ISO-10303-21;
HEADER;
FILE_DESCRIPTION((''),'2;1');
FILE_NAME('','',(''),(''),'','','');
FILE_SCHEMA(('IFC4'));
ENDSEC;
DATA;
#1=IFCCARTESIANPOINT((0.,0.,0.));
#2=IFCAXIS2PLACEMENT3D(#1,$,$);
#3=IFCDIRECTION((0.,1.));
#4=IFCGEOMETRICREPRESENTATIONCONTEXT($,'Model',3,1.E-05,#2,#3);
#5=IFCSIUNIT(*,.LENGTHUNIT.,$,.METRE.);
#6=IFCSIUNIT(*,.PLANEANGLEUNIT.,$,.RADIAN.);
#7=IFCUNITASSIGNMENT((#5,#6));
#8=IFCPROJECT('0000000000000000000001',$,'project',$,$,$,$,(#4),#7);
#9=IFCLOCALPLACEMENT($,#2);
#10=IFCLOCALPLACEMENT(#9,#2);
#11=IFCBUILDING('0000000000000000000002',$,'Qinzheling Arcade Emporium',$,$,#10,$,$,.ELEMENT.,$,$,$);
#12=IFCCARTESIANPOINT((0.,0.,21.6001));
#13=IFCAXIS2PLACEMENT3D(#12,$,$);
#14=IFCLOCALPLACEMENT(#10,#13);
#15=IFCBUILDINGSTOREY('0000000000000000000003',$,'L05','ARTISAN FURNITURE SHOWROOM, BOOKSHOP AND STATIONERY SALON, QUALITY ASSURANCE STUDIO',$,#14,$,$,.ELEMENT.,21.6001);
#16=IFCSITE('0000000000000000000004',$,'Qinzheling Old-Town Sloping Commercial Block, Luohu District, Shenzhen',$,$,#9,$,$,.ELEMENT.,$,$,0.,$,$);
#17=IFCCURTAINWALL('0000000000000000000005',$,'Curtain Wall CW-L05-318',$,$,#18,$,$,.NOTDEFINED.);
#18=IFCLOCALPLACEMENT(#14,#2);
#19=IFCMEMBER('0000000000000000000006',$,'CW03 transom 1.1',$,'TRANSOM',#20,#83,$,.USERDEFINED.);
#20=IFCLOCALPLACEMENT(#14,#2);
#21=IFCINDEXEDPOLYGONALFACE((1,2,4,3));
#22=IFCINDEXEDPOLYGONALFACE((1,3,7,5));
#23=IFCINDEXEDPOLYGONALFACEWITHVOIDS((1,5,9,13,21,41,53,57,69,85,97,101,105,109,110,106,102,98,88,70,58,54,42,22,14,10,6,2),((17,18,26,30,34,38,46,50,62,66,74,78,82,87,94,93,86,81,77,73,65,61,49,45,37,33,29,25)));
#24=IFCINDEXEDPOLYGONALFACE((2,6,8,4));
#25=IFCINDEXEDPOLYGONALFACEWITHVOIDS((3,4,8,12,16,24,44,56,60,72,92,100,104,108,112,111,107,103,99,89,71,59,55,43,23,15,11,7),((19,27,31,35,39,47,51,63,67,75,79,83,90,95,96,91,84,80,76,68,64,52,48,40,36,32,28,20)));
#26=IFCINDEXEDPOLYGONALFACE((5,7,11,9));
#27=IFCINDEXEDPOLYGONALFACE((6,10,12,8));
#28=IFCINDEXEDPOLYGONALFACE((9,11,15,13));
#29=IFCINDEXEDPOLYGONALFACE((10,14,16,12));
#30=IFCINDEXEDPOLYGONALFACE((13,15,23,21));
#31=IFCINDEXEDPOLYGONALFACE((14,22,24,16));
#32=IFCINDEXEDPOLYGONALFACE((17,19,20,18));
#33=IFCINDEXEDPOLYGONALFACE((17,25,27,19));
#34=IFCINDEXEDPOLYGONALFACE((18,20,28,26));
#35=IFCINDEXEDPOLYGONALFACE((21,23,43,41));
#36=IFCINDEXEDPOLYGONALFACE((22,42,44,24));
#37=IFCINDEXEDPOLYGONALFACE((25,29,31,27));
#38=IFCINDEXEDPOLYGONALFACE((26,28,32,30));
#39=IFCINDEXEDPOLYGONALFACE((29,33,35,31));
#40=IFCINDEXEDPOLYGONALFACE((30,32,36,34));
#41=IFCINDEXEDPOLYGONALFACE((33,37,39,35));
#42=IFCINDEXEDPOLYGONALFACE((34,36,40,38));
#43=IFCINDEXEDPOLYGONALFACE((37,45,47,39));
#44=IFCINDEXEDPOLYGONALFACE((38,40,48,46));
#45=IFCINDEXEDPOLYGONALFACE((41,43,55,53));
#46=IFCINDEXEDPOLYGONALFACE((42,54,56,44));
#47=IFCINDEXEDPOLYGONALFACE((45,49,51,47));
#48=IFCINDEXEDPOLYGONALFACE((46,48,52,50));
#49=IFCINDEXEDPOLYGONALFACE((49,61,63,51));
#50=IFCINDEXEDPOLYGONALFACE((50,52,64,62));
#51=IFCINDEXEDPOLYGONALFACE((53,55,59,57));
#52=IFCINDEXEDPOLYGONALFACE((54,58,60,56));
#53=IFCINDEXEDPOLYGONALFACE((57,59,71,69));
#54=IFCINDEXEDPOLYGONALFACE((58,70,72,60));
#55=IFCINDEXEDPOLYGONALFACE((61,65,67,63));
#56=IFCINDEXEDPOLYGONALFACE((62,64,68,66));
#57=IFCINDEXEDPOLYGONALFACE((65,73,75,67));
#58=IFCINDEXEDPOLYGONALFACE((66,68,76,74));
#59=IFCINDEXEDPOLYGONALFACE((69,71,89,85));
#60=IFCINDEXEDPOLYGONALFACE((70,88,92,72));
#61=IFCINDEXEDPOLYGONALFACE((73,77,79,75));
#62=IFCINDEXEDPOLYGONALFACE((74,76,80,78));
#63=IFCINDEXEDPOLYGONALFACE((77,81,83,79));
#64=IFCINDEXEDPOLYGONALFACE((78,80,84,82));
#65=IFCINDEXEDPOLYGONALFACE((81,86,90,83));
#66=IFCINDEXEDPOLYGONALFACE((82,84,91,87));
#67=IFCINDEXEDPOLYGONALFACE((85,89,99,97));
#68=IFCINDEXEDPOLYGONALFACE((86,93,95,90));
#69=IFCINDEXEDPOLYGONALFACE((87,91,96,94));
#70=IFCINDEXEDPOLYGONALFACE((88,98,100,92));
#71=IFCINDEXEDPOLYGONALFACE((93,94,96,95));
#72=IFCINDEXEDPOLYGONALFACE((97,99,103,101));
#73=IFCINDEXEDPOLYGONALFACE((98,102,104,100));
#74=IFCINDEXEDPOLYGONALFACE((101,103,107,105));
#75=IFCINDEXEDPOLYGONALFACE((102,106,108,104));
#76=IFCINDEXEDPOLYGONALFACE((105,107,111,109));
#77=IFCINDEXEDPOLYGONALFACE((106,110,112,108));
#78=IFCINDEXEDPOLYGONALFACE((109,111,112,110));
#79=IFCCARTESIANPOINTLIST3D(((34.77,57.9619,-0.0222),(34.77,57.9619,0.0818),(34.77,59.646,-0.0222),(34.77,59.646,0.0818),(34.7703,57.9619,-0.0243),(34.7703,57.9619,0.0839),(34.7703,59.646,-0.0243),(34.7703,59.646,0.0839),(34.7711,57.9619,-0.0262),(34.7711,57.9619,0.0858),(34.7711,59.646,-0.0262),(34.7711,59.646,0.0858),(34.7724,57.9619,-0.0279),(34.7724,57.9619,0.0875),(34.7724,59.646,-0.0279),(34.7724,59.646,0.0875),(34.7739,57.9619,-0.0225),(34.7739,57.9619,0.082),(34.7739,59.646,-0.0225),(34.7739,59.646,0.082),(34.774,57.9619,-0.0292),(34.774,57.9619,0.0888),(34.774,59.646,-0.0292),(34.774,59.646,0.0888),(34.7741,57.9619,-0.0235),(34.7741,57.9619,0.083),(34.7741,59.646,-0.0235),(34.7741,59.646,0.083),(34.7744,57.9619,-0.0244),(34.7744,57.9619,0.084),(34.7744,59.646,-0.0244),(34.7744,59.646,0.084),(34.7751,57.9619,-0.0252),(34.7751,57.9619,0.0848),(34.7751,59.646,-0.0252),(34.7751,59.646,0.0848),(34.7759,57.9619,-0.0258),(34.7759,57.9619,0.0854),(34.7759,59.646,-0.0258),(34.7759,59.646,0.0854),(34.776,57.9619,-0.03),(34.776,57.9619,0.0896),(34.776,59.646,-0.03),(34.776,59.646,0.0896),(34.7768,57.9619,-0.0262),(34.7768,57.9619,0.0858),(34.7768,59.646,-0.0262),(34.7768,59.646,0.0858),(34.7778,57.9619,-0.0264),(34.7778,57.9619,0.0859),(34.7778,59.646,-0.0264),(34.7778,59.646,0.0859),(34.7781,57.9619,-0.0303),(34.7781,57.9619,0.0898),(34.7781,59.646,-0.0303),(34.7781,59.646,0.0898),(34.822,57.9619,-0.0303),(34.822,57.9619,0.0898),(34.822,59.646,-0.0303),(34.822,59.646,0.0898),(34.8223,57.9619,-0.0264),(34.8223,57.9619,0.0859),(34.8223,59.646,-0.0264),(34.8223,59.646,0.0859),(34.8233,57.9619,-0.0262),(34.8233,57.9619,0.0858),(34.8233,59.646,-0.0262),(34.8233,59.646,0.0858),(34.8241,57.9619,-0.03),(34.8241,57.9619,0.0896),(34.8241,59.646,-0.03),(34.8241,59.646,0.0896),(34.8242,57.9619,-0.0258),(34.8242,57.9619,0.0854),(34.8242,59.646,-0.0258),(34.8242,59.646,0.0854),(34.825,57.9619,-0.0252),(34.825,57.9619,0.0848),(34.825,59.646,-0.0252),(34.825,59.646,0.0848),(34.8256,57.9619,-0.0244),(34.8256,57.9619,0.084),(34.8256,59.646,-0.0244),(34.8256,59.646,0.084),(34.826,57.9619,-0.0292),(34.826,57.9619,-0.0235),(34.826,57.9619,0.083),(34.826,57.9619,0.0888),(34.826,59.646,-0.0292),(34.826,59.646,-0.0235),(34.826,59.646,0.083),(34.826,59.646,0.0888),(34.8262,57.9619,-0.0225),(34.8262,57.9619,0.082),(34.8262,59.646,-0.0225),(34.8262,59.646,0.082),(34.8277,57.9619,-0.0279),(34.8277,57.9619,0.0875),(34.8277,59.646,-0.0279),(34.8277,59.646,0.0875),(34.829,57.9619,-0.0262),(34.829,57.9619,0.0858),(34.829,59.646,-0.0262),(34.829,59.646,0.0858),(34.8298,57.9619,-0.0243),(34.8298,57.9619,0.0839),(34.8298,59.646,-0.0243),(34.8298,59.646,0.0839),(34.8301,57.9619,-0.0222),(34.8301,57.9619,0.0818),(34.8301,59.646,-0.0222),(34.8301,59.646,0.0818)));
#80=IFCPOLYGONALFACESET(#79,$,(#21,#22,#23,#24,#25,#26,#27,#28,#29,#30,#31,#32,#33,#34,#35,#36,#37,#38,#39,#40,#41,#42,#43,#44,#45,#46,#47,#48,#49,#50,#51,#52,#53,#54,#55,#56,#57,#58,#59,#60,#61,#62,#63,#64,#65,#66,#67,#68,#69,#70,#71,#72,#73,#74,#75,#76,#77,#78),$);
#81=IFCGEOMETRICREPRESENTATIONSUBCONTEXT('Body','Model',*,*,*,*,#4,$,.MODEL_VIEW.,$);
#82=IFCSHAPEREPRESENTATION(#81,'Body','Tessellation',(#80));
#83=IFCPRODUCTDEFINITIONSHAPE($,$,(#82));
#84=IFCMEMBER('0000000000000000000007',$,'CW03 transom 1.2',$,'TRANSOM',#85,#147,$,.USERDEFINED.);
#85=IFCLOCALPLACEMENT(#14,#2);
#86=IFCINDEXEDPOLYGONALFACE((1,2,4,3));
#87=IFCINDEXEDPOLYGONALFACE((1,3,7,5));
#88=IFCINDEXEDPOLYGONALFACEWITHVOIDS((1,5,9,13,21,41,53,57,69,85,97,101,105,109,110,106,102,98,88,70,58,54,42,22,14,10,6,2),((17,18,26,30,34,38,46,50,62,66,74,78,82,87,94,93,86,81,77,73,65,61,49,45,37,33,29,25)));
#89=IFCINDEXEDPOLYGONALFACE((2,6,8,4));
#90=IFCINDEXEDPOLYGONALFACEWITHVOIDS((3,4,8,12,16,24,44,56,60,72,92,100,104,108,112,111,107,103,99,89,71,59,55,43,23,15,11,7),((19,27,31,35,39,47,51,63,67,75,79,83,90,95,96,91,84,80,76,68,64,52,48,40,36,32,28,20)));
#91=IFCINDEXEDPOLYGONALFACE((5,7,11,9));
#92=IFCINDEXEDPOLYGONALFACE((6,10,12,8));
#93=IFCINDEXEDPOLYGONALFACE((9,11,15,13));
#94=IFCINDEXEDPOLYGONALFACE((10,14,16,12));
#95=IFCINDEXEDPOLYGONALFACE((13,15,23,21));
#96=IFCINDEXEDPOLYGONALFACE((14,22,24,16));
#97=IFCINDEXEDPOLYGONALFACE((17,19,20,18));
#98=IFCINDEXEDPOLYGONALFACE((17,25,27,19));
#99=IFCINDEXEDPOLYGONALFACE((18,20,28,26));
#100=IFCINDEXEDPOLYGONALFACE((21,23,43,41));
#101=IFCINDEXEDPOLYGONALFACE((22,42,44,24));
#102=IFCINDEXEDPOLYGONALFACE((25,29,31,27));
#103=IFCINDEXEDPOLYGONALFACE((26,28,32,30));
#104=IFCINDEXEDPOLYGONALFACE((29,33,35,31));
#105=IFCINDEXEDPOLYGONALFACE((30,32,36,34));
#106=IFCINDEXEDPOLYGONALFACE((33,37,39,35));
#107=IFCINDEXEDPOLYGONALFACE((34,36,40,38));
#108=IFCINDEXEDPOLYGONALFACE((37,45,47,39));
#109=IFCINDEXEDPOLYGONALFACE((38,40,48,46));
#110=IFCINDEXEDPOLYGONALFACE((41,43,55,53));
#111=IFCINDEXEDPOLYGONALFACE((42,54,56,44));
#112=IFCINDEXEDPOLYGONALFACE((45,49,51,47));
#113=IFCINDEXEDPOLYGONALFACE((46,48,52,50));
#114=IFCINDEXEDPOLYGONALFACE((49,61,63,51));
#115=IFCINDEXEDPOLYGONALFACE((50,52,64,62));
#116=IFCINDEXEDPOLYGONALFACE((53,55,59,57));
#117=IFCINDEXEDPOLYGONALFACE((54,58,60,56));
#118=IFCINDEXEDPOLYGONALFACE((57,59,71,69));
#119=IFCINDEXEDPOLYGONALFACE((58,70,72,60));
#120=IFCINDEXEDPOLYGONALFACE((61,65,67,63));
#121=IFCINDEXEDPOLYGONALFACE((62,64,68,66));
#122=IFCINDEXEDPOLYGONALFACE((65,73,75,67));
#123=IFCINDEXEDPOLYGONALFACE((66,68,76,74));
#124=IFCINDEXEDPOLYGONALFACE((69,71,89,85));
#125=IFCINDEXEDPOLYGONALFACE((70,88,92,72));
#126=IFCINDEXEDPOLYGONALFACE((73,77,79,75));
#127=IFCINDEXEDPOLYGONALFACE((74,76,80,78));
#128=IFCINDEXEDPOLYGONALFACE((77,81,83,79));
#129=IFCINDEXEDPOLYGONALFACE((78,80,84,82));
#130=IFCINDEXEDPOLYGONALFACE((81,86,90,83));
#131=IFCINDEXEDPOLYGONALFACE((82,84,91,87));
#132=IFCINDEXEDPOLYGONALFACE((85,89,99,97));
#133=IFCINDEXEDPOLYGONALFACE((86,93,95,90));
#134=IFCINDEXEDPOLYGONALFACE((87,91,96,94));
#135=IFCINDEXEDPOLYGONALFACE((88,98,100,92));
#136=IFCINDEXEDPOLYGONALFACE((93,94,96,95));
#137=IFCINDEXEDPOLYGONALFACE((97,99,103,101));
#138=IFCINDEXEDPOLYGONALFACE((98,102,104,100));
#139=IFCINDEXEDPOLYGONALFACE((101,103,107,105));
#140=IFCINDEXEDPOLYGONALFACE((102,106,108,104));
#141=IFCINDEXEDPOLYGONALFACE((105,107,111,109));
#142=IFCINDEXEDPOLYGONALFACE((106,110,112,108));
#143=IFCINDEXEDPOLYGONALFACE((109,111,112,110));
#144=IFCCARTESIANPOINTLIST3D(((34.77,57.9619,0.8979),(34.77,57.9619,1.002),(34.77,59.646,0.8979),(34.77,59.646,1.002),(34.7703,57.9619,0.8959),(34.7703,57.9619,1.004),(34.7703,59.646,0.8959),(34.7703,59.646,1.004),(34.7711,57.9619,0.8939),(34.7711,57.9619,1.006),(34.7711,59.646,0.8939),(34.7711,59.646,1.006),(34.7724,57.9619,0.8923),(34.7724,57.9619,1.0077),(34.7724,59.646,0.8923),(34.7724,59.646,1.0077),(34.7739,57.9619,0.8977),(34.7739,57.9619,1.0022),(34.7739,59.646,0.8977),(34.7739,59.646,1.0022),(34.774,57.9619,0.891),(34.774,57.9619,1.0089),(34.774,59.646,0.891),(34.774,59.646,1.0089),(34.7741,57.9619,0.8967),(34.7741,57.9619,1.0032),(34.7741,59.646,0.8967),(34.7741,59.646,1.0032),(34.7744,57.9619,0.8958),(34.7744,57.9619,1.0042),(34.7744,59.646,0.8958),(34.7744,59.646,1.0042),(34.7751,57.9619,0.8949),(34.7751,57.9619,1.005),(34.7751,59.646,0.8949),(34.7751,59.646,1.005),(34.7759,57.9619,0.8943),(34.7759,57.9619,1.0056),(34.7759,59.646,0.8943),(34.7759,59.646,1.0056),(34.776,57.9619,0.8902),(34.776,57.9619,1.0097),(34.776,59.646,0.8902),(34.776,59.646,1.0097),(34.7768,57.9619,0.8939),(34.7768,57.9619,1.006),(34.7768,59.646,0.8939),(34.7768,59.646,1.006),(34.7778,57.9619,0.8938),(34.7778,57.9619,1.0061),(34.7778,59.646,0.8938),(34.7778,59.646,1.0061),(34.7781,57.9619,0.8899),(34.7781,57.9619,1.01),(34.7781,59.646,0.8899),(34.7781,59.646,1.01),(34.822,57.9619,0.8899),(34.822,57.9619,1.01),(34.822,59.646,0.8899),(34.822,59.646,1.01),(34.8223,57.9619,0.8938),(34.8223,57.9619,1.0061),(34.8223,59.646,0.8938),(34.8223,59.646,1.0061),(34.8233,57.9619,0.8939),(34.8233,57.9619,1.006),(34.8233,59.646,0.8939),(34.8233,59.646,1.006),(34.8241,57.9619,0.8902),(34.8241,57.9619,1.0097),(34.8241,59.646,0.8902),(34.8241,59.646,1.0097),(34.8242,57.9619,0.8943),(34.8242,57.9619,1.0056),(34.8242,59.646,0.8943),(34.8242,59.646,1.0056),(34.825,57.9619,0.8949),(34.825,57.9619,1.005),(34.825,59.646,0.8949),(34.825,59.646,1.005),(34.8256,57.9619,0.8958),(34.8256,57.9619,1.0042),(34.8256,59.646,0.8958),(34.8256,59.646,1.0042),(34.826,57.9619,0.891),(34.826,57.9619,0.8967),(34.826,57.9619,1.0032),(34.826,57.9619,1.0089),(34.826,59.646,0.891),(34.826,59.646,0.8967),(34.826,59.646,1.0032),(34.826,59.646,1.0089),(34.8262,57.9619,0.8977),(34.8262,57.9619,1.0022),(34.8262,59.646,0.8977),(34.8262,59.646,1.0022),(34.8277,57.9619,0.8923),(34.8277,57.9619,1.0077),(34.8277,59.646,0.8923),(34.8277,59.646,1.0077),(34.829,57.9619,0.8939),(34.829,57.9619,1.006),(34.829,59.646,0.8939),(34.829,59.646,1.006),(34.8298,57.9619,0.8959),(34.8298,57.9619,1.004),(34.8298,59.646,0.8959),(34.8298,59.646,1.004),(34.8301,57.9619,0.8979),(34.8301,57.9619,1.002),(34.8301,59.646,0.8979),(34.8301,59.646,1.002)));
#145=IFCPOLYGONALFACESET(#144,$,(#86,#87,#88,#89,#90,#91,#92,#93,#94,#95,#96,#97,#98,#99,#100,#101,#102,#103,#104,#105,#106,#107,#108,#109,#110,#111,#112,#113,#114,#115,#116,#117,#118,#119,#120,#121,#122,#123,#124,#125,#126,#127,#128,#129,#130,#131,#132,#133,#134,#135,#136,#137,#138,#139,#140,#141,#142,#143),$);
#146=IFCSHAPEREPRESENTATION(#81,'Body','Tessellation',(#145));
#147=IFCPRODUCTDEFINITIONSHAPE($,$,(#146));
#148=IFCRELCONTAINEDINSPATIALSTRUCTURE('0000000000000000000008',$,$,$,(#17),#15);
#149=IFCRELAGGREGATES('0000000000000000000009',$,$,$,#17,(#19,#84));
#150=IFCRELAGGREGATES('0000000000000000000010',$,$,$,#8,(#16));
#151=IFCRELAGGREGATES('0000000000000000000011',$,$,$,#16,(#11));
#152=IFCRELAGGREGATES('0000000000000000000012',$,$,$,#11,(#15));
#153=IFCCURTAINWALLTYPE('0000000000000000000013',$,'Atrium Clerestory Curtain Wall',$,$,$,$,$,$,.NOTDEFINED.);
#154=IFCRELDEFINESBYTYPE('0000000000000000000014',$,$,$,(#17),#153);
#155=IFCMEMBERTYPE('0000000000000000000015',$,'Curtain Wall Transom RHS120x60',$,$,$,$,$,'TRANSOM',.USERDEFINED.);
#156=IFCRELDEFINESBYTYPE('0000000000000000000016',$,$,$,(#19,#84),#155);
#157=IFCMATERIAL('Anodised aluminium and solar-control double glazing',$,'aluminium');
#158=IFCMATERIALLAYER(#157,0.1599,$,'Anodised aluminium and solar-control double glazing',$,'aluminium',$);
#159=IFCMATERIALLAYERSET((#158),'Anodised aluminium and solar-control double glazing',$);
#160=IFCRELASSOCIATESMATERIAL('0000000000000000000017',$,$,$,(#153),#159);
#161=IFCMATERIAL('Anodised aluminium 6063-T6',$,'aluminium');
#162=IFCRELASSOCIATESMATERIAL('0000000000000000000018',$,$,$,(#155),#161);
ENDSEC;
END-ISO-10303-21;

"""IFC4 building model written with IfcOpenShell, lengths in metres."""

from ifc_helpers import new_model, si_unit, direction, frame, origin, origin_2d, place, context, subcontext, project, spatial, hollow_rectangle, extrude, material, layer, layer_set, material_profile, profile_set, type_object, element, aggregate, save


model = new_model("IFC4")

# Units and contexts
model_context = context("Model", 3, precision=1e-05, world=origin(), true_north=direction((0.0, 1.0)))
body_context = subcontext(model_context, "Body", "Model", "MODEL_VIEW")
ifc_project = project(units=[si_unit("LENGTHUNIT", "METRE"), si_unit("PLANEANGLEUNIT", "RADIAN")], contexts=[model_context])

# Site, building, storey
site_placement = place(None, origin())
site = spatial("IfcSite", under=ifc_project, at=site_placement, Name="Qinzheling Old-Town Sloping Commercial Block, Luohu District, Shenzhen", CompositionType="ELEMENT", RefElevation=0.0)
building_placement = place(site_placement, origin())
building = spatial("IfcBuilding", under=site, at=building_placement, Name="Qinzheling Arcade Emporium", CompositionType="ELEMENT")
storey_placement = place(building_placement, frame((0.0, 0.0, 21.6001)))
storey = spatial("IfcBuildingStorey", under=building, at=storey_placement, Name="L05", Description="ARTISAN FURNITURE SHOWROOM, BOOKSHOP AND STATIONERY SALON, QUALITY ASSURANCE STUDIO", CompositionType="ELEMENT", Elevation=21.6001)

# Curtain wall
ifc_material_1 = material(Name="Anodised aluminium and solar-control double glazing", Category="aluminium")
ifc_layer_1 = layer(ifc_material_1, 0.1599, Name="Anodised aluminium and solar-control double glazing", Category="aluminium")
ifc_layer_set_1 = layer_set([ifc_layer_1], Name="Anodised aluminium and solar-control double glazing")
curtain_wall_type = type_object("IfcCurtainWallType", Name="Atrium Clerestory Curtain Wall", PredefinedType="NOTDEFINED", material=ifc_layer_set_1)
ifc_material_2 = material(Name="Anodised aluminium 6063-T6", Category="aluminium")
curtain_wall_1_placement = place(storey_placement, origin())
curtain_wall_1 = element("IfcCurtainWall", 1, at=curtain_wall_1_placement, inside=storey, type_object=curtain_wall_type, Name="Curtain Wall CW-L05-318", PredefinedType="NOTDEFINED")

# Members
ifc_material_profile_1 = material_profile(ifc_material_2, hollow_rectangle(XDim=0.0601, YDim=0.1201, WallThickness=0.0039, InnerFilletRadius=0.0039, OuterFilletRadius=0.0081, at=origin_2d()), Name="RHS 120x60x4", Category="aluminium")
ifc_profile_set_1 = profile_set([ifc_material_profile_1], Name="Anodised aluminium 6063-T6")
member_type_1 = type_object("IfcMemberType", Name="Curtain Wall Transom RHS120x60", ElementType="TRANSOM", PredefinedType="USERDEFINED", material=ifc_profile_set_1)
member_1_placement = place(storey_placement, frame((34.8, 57.9619, 0.0298), z_axis=(0.0, 1.0, 0.0), x_axis=(-1.0, 0.0, 0.0)))
member_1 = element("IfcMember", 2, at=member_1_placement, type_object=member_type_1, Name="CW03 transom 1.1", ObjectType="TRANSOM", PredefinedType="USERDEFINED", context=body_context, shape_type="SweptSolid", body=[
    extrude(hollow_rectangle(XDim=0.0601, YDim=0.1201, WallThickness=0.0039, InnerFilletRadius=0.0039, OuterFilletRadius=0.0081, at=origin_2d()), origin(), (0.0, 0.0, 1.0), 1.6841),
])
member_2_placement = place(storey_placement, frame((34.8, 57.9619, 0.95), z_axis=(0.0, 1.0, 0.0), x_axis=(-1.0, 0.0, 0.0)))
member_2 = element("IfcMember", 3, at=member_2_placement, type_object=member_type_1, Name="CW03 transom 1.2", ObjectType="TRANSOM", PredefinedType="USERDEFINED", context=body_context, shape_type="SweptSolid", body=[
    extrude(hollow_rectangle(XDim=0.0601, YDim=0.1201, WallThickness=0.0039, InnerFilletRadius=0.0039, OuterFilletRadius=0.0081, at=origin_2d()), origin(), (0.0, 0.0, 1.0), 1.6841),
])

aggregate(curtain_wall_1, [member_1, member_2])

save(model, "model.ifc")
